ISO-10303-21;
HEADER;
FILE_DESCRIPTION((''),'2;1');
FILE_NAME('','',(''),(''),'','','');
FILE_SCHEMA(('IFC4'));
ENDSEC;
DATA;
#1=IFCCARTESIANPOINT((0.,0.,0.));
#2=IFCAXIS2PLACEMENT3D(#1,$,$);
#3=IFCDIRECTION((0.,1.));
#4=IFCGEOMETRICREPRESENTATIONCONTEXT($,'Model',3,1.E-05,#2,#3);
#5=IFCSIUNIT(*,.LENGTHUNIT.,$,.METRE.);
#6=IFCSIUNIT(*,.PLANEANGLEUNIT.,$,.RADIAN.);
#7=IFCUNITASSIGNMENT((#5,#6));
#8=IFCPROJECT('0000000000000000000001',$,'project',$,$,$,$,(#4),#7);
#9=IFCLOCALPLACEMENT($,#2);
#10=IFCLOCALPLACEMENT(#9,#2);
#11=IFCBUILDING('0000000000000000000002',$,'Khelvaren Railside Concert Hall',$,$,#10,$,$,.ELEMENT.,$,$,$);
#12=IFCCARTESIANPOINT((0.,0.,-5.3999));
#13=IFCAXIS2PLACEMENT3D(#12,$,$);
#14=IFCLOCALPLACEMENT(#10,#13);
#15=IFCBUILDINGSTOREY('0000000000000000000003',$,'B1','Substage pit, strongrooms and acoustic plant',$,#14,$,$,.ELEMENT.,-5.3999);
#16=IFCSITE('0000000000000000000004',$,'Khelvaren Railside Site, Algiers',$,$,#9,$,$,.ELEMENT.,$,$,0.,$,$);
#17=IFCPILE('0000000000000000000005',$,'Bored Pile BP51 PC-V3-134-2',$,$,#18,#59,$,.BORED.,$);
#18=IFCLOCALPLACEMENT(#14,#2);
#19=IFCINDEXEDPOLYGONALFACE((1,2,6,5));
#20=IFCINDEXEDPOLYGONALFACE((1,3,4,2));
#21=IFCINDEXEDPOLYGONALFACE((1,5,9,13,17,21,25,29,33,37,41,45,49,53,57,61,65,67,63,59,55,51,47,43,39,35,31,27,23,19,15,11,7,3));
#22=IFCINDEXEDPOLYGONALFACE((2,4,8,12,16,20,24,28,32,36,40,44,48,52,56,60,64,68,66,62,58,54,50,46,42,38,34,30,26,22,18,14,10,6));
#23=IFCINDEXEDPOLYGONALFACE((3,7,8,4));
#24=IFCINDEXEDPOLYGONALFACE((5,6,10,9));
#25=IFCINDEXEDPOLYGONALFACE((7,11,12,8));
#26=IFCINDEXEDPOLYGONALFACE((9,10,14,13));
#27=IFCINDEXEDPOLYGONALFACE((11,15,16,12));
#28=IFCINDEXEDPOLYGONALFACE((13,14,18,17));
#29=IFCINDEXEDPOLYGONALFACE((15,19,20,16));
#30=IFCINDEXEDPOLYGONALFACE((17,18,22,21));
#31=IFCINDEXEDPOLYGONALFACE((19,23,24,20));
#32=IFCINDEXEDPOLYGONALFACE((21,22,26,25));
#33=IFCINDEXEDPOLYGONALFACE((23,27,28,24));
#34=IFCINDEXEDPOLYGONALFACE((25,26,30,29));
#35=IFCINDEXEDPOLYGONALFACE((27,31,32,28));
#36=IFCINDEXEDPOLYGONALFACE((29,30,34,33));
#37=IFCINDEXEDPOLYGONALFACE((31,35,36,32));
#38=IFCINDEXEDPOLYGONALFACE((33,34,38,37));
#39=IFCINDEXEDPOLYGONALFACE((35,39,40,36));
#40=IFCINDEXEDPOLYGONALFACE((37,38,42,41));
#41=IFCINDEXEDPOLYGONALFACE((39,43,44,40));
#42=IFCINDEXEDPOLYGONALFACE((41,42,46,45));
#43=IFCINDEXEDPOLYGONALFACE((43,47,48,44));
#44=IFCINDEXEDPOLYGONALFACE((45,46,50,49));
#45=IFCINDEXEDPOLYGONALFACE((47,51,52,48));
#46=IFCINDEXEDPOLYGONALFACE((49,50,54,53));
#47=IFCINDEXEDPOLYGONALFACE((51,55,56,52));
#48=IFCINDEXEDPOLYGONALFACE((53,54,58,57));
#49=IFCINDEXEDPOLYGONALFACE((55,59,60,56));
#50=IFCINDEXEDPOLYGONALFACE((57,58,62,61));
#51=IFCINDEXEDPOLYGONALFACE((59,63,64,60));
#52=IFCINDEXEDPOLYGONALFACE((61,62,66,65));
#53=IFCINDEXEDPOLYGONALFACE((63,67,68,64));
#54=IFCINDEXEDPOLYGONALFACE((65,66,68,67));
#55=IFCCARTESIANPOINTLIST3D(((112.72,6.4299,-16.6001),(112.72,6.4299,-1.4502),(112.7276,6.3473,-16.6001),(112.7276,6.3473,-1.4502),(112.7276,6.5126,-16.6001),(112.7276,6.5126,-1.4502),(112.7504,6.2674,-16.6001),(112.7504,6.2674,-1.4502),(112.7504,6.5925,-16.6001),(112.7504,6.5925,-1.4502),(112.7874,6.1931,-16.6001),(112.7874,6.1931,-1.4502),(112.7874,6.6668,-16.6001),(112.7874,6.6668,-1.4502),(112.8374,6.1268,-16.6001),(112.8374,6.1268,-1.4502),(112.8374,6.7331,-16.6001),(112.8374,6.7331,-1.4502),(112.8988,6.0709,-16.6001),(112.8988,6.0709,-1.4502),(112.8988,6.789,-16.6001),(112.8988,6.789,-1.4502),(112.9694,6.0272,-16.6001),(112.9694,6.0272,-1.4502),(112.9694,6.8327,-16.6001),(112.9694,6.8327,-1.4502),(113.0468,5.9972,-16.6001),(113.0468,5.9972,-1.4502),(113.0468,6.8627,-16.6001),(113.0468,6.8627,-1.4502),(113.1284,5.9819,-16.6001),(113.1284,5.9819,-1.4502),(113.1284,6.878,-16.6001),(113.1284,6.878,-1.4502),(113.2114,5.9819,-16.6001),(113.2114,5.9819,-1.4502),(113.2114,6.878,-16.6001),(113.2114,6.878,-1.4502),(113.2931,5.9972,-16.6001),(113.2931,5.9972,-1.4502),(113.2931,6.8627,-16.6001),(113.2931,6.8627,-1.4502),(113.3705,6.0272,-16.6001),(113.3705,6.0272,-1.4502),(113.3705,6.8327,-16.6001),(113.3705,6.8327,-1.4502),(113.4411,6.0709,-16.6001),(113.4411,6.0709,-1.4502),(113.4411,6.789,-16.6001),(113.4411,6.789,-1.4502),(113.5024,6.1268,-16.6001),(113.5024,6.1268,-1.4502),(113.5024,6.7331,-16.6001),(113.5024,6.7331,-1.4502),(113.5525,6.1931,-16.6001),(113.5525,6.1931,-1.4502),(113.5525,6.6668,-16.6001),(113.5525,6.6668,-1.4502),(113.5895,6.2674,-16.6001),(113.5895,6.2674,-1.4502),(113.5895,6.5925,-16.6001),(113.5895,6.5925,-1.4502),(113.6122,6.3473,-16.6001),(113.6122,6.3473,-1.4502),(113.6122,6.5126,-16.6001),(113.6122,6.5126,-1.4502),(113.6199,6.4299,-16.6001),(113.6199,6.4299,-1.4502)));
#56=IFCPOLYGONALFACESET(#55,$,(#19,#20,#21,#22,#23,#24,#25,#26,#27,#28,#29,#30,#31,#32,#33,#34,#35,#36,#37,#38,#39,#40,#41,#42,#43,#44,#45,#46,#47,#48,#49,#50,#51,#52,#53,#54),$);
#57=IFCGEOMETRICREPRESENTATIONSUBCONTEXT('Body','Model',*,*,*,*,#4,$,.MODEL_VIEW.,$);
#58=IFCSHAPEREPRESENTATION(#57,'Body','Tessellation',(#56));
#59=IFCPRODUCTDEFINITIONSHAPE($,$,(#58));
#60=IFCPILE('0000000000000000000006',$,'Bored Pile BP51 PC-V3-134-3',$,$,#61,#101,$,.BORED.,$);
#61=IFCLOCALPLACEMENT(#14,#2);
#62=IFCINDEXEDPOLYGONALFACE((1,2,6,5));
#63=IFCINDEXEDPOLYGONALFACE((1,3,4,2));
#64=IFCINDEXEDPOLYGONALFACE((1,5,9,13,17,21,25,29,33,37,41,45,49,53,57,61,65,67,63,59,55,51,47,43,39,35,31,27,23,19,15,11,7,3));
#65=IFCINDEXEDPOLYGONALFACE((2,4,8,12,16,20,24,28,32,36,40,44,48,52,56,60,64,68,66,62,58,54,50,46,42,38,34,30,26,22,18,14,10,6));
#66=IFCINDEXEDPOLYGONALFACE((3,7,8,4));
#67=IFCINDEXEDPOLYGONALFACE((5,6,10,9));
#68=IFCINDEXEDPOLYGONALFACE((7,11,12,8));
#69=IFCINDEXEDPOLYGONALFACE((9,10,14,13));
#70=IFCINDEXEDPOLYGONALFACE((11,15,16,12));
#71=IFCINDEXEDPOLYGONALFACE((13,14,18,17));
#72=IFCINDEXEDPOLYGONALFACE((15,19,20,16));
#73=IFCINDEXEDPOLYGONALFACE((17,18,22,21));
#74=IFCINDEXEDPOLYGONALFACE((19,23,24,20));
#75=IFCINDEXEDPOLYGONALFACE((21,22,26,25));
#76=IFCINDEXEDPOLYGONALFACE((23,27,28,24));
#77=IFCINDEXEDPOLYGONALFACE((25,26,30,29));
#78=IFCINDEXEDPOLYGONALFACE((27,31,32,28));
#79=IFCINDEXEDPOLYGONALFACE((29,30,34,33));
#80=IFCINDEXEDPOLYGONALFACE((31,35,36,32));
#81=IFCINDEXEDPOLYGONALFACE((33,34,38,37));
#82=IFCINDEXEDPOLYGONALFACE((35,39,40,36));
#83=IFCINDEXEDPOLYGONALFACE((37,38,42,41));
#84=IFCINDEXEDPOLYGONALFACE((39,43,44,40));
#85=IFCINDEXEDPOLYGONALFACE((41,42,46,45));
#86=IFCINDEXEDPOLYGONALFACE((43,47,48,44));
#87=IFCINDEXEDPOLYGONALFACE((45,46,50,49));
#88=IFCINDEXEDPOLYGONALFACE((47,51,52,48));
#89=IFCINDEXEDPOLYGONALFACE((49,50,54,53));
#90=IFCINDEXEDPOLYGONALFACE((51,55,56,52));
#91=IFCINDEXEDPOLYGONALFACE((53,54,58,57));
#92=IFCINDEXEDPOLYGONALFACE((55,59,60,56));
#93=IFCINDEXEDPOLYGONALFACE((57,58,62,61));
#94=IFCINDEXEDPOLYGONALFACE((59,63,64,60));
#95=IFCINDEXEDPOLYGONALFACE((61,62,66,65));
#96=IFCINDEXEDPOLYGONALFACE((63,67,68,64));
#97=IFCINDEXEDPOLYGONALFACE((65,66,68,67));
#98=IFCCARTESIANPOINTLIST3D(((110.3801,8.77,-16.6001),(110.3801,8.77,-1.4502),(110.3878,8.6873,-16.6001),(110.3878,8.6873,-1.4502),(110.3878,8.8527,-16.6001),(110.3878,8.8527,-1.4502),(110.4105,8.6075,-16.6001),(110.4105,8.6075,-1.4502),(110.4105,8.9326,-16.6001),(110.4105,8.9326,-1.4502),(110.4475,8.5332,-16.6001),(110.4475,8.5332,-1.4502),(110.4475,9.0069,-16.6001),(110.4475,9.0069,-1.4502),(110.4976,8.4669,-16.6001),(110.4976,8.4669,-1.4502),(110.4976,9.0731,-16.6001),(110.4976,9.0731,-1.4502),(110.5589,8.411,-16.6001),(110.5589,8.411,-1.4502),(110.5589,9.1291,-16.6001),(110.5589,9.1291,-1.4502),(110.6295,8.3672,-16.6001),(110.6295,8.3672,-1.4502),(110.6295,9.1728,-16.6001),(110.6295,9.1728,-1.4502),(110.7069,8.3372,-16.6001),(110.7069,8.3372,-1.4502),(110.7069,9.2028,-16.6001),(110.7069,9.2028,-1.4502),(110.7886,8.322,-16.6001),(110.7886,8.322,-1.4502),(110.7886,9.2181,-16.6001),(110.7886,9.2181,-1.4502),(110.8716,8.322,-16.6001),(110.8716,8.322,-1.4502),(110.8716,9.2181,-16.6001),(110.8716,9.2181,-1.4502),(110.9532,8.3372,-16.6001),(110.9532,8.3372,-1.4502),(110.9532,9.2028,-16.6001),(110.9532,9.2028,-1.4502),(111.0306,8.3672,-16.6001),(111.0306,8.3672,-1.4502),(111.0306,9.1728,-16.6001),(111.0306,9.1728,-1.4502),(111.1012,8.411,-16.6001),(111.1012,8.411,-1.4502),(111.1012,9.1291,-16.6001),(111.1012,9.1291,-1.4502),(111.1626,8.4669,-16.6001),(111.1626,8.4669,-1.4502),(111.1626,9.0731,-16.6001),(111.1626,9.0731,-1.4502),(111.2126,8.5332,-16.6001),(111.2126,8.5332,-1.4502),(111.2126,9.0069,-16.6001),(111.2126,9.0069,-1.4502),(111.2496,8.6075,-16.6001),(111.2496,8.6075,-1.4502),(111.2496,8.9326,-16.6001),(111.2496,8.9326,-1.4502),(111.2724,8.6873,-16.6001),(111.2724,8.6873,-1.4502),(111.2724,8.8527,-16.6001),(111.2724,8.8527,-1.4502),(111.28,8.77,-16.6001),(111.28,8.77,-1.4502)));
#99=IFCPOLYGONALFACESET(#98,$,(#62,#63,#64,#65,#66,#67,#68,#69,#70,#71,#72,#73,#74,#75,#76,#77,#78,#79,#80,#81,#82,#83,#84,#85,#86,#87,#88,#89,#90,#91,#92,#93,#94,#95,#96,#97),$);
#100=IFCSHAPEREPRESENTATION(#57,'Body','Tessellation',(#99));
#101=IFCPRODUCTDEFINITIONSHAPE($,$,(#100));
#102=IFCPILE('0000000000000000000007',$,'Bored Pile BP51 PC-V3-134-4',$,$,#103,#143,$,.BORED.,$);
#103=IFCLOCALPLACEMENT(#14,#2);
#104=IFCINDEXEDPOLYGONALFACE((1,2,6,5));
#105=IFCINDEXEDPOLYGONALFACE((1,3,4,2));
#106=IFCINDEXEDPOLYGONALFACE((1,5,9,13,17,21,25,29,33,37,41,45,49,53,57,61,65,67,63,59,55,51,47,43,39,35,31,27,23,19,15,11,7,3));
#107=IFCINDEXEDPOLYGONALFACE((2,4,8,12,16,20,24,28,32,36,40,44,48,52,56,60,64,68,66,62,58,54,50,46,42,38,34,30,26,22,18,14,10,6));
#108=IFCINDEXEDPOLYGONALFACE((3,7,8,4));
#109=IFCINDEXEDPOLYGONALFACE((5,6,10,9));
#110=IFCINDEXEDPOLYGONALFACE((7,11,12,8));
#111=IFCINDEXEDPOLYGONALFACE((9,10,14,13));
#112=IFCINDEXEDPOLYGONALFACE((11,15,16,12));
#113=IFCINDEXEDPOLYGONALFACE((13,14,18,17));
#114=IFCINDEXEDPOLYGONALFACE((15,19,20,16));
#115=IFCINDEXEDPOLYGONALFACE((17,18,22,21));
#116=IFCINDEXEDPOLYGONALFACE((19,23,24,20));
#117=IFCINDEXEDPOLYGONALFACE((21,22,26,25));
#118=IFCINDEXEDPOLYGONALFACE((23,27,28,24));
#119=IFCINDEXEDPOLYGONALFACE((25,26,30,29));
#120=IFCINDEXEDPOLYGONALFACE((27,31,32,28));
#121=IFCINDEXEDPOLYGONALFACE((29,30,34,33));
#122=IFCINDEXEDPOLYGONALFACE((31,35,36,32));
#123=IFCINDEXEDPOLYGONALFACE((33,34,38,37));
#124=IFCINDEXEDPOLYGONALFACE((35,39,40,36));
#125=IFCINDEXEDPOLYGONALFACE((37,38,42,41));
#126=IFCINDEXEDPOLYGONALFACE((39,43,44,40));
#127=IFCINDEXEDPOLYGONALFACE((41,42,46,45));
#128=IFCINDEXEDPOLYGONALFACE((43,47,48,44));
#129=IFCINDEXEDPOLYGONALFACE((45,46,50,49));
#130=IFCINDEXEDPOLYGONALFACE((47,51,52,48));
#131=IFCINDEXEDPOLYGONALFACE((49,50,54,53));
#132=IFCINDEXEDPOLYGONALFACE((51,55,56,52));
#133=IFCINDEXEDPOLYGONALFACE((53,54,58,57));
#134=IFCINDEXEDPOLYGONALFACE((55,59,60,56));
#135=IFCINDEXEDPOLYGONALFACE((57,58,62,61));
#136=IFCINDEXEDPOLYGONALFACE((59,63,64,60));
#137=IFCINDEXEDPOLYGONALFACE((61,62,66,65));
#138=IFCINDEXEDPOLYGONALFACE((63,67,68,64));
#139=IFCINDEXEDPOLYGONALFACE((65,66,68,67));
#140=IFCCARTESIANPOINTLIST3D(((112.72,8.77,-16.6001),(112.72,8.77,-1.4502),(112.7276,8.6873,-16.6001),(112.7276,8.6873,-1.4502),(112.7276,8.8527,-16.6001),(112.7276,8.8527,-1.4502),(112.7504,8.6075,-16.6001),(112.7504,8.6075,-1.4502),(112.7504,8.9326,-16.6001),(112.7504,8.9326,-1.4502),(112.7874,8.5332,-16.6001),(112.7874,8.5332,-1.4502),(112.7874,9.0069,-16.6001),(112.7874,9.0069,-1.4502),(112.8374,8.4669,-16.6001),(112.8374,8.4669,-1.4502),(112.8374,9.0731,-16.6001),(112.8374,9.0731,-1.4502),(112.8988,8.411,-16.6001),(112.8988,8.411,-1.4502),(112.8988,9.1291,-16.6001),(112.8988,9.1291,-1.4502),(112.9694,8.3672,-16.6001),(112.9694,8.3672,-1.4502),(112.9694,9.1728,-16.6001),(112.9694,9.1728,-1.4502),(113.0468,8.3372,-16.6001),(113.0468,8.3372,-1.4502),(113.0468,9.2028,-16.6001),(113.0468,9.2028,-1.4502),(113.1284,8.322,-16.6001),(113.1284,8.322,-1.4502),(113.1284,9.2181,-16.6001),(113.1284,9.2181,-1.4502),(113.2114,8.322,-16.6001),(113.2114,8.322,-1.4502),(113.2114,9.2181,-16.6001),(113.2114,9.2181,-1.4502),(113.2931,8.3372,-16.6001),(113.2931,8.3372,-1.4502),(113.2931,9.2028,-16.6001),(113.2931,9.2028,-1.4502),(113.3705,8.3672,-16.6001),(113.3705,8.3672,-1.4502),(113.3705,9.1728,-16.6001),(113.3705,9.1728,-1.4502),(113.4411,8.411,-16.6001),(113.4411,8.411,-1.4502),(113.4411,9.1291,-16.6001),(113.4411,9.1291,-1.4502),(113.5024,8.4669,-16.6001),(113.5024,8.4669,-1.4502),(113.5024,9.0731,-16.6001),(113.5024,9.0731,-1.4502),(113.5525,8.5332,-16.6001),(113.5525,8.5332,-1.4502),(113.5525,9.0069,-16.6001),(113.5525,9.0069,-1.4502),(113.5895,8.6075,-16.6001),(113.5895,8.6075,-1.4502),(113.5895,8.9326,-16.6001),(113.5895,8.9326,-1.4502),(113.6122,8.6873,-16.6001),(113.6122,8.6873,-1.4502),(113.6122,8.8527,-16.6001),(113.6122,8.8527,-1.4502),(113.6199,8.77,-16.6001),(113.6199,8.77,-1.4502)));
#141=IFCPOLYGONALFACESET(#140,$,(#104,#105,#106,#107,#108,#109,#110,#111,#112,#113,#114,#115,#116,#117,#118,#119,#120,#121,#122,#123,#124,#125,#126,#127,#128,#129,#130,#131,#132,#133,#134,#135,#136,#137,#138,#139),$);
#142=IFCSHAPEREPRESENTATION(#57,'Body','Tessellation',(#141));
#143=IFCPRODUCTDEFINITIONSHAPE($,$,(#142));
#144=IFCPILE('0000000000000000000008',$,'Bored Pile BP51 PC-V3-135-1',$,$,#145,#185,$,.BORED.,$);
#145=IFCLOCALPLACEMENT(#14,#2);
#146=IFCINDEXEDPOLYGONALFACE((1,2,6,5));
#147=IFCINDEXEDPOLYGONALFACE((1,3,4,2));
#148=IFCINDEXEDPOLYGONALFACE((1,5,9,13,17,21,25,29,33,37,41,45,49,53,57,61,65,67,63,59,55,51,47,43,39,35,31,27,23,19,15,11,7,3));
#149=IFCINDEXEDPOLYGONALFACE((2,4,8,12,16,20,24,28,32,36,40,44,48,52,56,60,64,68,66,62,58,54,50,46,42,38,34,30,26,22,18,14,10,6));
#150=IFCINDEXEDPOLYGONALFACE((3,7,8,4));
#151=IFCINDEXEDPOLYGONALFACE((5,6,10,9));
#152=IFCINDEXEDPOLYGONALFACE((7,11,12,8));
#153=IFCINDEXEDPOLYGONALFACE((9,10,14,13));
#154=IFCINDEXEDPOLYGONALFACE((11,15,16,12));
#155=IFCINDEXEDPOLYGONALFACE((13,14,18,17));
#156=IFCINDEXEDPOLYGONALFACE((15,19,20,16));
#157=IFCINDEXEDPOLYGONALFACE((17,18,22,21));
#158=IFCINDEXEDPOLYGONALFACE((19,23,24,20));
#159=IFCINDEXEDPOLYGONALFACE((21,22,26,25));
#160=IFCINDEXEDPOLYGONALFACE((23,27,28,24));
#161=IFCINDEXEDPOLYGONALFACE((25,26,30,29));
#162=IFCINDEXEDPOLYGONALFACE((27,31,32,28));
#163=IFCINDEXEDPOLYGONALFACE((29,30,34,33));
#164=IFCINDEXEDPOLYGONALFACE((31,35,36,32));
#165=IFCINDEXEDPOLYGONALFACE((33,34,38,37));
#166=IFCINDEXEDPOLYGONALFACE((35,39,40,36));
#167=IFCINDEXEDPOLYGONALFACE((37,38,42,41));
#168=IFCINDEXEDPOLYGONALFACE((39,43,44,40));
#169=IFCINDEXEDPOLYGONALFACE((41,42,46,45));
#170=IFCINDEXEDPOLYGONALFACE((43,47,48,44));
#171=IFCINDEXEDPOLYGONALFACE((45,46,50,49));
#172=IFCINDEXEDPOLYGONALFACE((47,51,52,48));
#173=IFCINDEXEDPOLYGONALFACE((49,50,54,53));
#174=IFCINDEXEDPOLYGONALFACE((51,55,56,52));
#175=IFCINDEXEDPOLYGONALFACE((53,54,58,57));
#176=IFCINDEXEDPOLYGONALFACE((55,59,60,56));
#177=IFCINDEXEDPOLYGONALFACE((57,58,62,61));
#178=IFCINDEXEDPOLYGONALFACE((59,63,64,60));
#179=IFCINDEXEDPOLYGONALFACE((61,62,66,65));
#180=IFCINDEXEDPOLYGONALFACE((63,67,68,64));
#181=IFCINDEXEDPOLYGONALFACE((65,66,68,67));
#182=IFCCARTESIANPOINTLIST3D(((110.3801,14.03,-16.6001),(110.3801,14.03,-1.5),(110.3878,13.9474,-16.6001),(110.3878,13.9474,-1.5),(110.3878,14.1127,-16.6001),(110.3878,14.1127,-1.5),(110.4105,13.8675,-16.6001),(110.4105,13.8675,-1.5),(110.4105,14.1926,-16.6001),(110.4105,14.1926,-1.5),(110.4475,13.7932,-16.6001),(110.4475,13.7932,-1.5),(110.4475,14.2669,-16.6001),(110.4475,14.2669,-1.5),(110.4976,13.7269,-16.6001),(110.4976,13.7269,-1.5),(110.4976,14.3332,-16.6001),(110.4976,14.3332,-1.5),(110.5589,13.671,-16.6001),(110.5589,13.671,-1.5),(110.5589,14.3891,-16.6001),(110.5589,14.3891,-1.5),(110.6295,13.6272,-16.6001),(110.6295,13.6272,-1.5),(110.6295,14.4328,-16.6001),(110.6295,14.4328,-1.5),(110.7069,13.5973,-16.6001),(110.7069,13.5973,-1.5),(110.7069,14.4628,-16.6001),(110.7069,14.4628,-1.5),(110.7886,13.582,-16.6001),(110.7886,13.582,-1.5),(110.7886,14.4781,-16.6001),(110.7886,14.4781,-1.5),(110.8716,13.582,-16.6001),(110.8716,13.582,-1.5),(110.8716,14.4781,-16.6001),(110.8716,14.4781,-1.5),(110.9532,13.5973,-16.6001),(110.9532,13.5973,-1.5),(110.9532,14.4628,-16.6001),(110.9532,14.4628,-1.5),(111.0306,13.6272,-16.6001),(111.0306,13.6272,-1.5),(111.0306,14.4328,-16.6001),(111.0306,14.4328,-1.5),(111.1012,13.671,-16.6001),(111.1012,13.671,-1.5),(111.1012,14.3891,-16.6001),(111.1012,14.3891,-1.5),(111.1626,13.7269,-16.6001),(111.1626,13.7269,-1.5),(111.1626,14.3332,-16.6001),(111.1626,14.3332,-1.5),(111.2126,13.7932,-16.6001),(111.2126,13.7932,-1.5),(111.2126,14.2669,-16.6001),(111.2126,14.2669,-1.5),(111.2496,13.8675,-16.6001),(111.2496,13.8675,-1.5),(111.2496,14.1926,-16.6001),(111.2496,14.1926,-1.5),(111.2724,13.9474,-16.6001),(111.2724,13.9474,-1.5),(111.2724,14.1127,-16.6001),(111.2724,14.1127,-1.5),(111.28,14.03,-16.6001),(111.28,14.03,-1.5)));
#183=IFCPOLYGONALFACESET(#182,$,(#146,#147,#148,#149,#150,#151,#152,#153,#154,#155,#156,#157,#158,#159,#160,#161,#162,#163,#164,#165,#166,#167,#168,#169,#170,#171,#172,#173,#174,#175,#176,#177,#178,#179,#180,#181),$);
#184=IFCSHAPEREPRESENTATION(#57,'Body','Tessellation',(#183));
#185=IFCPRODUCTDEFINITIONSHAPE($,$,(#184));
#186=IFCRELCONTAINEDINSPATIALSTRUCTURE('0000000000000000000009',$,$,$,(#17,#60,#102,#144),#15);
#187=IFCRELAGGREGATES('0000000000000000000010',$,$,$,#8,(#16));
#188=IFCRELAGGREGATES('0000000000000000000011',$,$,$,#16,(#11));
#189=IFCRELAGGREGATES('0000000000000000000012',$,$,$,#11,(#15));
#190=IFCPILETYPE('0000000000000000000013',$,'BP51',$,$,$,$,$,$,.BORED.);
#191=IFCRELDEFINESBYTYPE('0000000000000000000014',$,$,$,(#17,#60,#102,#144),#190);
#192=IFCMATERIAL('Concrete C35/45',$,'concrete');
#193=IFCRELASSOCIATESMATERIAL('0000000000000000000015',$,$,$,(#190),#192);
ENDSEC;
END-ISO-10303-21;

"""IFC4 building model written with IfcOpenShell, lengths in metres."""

from ifc_helpers import new_model, si_unit, direction, frame, origin, origin_2d, place, context, subcontext, project, spatial, circle, extrude, material, material_profile, profile_set, type_object, element, save


model = new_model("IFC4")

# Units and contexts
model_context = context("Model", 3, precision=1e-05, world=origin(), true_north=direction((0.0, 1.0)))
body_context = subcontext(model_context, "Body", "Model", "MODEL_VIEW")
ifc_project = project(units=[si_unit("LENGTHUNIT", "METRE"), si_unit("PLANEANGLEUNIT", "RADIAN")], contexts=[model_context])

# Site, building, storey
site_placement = place(None, origin())
site = spatial("IfcSite", under=ifc_project, at=site_placement, Name="Khelvaren Railside Site, Algiers", CompositionType="ELEMENT", RefElevation=0.0)
building_placement = place(site_placement, origin())
building = spatial("IfcBuilding", under=site, at=building_placement, Name="Khelvaren Railside Concert Hall", CompositionType="ELEMENT")
storey_placement = place(building_placement, frame((0.0, 0.0, -5.3999)))
storey = spatial("IfcBuildingStorey", under=building, at=storey_placement, Name="B1", Description="Substage pit, strongrooms and acoustic plant", CompositionType="ELEMENT", Elevation=-5.3999)

# Piles
ifc_material_1 = material(Name="Concrete C35/45", Category="concrete")
ifc_material_profile_1 = material_profile(ifc_material_1, circle(Radius=0.45, at=origin_2d()), Name="BP D900")
ifc_profile_set_1 = profile_set([ifc_material_profile_1], Name="Concrete C35/45")
pile_type_1 = type_object("IfcPileType", Name="BP51", PredefinedType="BORED", material=ifc_profile_set_1)
for number, where, z_axis, x_axis, name in (
    (1, (113.1699, 6.4299, -1.4502), (0.0, 0.0, -1.0), (1.0, 0.0, 0.0), "Bored Pile BP51 PC-V3-134-2"),
    (2, (110.8301, 8.77, -1.4502), (0.0, 0.0, -1.0), (1.0, 0.0, 0.0), "Bored Pile BP51 PC-V3-134-3"),
    (3, (113.1699, 8.77, -1.4502), (0.0, 0.0, -1.0), (1.0, 0.0, 0.0), "Bored Pile BP51 PC-V3-134-4"),
):
    element("IfcPile", number, at=place(storey_placement, frame(where, z_axis=z_axis, x_axis=x_axis)), inside=storey, type_object=pile_type_1, Name=name, PredefinedType="BORED", context=body_context, shape_type="SweptSolid", body=[
        extrude(circle(Radius=0.45, at=origin_2d()), origin(), (0.0, 0.0, 1.0), 15.1499),
    ])
for number, where, z_axis, x_axis, name in (
    (4, (110.8301, 14.03, -1.5), (0.0, 0.0, -1.0), (1.0, 0.0, 0.0), "Bored Pile BP51 PC-V3-135-1"),
):
    element("IfcPile", number, at=place(storey_placement, frame(where, z_axis=z_axis, x_axis=x_axis)), inside=storey, type_object=pile_type_1, Name=name, PredefinedType="BORED", context=body_context, shape_type="SweptSolid", body=[
        extrude(circle(Radius=0.45, at=origin_2d()), origin(), (0.0, 0.0, 1.0), 15.1001),
    ])

save(model, "model.ifc")
